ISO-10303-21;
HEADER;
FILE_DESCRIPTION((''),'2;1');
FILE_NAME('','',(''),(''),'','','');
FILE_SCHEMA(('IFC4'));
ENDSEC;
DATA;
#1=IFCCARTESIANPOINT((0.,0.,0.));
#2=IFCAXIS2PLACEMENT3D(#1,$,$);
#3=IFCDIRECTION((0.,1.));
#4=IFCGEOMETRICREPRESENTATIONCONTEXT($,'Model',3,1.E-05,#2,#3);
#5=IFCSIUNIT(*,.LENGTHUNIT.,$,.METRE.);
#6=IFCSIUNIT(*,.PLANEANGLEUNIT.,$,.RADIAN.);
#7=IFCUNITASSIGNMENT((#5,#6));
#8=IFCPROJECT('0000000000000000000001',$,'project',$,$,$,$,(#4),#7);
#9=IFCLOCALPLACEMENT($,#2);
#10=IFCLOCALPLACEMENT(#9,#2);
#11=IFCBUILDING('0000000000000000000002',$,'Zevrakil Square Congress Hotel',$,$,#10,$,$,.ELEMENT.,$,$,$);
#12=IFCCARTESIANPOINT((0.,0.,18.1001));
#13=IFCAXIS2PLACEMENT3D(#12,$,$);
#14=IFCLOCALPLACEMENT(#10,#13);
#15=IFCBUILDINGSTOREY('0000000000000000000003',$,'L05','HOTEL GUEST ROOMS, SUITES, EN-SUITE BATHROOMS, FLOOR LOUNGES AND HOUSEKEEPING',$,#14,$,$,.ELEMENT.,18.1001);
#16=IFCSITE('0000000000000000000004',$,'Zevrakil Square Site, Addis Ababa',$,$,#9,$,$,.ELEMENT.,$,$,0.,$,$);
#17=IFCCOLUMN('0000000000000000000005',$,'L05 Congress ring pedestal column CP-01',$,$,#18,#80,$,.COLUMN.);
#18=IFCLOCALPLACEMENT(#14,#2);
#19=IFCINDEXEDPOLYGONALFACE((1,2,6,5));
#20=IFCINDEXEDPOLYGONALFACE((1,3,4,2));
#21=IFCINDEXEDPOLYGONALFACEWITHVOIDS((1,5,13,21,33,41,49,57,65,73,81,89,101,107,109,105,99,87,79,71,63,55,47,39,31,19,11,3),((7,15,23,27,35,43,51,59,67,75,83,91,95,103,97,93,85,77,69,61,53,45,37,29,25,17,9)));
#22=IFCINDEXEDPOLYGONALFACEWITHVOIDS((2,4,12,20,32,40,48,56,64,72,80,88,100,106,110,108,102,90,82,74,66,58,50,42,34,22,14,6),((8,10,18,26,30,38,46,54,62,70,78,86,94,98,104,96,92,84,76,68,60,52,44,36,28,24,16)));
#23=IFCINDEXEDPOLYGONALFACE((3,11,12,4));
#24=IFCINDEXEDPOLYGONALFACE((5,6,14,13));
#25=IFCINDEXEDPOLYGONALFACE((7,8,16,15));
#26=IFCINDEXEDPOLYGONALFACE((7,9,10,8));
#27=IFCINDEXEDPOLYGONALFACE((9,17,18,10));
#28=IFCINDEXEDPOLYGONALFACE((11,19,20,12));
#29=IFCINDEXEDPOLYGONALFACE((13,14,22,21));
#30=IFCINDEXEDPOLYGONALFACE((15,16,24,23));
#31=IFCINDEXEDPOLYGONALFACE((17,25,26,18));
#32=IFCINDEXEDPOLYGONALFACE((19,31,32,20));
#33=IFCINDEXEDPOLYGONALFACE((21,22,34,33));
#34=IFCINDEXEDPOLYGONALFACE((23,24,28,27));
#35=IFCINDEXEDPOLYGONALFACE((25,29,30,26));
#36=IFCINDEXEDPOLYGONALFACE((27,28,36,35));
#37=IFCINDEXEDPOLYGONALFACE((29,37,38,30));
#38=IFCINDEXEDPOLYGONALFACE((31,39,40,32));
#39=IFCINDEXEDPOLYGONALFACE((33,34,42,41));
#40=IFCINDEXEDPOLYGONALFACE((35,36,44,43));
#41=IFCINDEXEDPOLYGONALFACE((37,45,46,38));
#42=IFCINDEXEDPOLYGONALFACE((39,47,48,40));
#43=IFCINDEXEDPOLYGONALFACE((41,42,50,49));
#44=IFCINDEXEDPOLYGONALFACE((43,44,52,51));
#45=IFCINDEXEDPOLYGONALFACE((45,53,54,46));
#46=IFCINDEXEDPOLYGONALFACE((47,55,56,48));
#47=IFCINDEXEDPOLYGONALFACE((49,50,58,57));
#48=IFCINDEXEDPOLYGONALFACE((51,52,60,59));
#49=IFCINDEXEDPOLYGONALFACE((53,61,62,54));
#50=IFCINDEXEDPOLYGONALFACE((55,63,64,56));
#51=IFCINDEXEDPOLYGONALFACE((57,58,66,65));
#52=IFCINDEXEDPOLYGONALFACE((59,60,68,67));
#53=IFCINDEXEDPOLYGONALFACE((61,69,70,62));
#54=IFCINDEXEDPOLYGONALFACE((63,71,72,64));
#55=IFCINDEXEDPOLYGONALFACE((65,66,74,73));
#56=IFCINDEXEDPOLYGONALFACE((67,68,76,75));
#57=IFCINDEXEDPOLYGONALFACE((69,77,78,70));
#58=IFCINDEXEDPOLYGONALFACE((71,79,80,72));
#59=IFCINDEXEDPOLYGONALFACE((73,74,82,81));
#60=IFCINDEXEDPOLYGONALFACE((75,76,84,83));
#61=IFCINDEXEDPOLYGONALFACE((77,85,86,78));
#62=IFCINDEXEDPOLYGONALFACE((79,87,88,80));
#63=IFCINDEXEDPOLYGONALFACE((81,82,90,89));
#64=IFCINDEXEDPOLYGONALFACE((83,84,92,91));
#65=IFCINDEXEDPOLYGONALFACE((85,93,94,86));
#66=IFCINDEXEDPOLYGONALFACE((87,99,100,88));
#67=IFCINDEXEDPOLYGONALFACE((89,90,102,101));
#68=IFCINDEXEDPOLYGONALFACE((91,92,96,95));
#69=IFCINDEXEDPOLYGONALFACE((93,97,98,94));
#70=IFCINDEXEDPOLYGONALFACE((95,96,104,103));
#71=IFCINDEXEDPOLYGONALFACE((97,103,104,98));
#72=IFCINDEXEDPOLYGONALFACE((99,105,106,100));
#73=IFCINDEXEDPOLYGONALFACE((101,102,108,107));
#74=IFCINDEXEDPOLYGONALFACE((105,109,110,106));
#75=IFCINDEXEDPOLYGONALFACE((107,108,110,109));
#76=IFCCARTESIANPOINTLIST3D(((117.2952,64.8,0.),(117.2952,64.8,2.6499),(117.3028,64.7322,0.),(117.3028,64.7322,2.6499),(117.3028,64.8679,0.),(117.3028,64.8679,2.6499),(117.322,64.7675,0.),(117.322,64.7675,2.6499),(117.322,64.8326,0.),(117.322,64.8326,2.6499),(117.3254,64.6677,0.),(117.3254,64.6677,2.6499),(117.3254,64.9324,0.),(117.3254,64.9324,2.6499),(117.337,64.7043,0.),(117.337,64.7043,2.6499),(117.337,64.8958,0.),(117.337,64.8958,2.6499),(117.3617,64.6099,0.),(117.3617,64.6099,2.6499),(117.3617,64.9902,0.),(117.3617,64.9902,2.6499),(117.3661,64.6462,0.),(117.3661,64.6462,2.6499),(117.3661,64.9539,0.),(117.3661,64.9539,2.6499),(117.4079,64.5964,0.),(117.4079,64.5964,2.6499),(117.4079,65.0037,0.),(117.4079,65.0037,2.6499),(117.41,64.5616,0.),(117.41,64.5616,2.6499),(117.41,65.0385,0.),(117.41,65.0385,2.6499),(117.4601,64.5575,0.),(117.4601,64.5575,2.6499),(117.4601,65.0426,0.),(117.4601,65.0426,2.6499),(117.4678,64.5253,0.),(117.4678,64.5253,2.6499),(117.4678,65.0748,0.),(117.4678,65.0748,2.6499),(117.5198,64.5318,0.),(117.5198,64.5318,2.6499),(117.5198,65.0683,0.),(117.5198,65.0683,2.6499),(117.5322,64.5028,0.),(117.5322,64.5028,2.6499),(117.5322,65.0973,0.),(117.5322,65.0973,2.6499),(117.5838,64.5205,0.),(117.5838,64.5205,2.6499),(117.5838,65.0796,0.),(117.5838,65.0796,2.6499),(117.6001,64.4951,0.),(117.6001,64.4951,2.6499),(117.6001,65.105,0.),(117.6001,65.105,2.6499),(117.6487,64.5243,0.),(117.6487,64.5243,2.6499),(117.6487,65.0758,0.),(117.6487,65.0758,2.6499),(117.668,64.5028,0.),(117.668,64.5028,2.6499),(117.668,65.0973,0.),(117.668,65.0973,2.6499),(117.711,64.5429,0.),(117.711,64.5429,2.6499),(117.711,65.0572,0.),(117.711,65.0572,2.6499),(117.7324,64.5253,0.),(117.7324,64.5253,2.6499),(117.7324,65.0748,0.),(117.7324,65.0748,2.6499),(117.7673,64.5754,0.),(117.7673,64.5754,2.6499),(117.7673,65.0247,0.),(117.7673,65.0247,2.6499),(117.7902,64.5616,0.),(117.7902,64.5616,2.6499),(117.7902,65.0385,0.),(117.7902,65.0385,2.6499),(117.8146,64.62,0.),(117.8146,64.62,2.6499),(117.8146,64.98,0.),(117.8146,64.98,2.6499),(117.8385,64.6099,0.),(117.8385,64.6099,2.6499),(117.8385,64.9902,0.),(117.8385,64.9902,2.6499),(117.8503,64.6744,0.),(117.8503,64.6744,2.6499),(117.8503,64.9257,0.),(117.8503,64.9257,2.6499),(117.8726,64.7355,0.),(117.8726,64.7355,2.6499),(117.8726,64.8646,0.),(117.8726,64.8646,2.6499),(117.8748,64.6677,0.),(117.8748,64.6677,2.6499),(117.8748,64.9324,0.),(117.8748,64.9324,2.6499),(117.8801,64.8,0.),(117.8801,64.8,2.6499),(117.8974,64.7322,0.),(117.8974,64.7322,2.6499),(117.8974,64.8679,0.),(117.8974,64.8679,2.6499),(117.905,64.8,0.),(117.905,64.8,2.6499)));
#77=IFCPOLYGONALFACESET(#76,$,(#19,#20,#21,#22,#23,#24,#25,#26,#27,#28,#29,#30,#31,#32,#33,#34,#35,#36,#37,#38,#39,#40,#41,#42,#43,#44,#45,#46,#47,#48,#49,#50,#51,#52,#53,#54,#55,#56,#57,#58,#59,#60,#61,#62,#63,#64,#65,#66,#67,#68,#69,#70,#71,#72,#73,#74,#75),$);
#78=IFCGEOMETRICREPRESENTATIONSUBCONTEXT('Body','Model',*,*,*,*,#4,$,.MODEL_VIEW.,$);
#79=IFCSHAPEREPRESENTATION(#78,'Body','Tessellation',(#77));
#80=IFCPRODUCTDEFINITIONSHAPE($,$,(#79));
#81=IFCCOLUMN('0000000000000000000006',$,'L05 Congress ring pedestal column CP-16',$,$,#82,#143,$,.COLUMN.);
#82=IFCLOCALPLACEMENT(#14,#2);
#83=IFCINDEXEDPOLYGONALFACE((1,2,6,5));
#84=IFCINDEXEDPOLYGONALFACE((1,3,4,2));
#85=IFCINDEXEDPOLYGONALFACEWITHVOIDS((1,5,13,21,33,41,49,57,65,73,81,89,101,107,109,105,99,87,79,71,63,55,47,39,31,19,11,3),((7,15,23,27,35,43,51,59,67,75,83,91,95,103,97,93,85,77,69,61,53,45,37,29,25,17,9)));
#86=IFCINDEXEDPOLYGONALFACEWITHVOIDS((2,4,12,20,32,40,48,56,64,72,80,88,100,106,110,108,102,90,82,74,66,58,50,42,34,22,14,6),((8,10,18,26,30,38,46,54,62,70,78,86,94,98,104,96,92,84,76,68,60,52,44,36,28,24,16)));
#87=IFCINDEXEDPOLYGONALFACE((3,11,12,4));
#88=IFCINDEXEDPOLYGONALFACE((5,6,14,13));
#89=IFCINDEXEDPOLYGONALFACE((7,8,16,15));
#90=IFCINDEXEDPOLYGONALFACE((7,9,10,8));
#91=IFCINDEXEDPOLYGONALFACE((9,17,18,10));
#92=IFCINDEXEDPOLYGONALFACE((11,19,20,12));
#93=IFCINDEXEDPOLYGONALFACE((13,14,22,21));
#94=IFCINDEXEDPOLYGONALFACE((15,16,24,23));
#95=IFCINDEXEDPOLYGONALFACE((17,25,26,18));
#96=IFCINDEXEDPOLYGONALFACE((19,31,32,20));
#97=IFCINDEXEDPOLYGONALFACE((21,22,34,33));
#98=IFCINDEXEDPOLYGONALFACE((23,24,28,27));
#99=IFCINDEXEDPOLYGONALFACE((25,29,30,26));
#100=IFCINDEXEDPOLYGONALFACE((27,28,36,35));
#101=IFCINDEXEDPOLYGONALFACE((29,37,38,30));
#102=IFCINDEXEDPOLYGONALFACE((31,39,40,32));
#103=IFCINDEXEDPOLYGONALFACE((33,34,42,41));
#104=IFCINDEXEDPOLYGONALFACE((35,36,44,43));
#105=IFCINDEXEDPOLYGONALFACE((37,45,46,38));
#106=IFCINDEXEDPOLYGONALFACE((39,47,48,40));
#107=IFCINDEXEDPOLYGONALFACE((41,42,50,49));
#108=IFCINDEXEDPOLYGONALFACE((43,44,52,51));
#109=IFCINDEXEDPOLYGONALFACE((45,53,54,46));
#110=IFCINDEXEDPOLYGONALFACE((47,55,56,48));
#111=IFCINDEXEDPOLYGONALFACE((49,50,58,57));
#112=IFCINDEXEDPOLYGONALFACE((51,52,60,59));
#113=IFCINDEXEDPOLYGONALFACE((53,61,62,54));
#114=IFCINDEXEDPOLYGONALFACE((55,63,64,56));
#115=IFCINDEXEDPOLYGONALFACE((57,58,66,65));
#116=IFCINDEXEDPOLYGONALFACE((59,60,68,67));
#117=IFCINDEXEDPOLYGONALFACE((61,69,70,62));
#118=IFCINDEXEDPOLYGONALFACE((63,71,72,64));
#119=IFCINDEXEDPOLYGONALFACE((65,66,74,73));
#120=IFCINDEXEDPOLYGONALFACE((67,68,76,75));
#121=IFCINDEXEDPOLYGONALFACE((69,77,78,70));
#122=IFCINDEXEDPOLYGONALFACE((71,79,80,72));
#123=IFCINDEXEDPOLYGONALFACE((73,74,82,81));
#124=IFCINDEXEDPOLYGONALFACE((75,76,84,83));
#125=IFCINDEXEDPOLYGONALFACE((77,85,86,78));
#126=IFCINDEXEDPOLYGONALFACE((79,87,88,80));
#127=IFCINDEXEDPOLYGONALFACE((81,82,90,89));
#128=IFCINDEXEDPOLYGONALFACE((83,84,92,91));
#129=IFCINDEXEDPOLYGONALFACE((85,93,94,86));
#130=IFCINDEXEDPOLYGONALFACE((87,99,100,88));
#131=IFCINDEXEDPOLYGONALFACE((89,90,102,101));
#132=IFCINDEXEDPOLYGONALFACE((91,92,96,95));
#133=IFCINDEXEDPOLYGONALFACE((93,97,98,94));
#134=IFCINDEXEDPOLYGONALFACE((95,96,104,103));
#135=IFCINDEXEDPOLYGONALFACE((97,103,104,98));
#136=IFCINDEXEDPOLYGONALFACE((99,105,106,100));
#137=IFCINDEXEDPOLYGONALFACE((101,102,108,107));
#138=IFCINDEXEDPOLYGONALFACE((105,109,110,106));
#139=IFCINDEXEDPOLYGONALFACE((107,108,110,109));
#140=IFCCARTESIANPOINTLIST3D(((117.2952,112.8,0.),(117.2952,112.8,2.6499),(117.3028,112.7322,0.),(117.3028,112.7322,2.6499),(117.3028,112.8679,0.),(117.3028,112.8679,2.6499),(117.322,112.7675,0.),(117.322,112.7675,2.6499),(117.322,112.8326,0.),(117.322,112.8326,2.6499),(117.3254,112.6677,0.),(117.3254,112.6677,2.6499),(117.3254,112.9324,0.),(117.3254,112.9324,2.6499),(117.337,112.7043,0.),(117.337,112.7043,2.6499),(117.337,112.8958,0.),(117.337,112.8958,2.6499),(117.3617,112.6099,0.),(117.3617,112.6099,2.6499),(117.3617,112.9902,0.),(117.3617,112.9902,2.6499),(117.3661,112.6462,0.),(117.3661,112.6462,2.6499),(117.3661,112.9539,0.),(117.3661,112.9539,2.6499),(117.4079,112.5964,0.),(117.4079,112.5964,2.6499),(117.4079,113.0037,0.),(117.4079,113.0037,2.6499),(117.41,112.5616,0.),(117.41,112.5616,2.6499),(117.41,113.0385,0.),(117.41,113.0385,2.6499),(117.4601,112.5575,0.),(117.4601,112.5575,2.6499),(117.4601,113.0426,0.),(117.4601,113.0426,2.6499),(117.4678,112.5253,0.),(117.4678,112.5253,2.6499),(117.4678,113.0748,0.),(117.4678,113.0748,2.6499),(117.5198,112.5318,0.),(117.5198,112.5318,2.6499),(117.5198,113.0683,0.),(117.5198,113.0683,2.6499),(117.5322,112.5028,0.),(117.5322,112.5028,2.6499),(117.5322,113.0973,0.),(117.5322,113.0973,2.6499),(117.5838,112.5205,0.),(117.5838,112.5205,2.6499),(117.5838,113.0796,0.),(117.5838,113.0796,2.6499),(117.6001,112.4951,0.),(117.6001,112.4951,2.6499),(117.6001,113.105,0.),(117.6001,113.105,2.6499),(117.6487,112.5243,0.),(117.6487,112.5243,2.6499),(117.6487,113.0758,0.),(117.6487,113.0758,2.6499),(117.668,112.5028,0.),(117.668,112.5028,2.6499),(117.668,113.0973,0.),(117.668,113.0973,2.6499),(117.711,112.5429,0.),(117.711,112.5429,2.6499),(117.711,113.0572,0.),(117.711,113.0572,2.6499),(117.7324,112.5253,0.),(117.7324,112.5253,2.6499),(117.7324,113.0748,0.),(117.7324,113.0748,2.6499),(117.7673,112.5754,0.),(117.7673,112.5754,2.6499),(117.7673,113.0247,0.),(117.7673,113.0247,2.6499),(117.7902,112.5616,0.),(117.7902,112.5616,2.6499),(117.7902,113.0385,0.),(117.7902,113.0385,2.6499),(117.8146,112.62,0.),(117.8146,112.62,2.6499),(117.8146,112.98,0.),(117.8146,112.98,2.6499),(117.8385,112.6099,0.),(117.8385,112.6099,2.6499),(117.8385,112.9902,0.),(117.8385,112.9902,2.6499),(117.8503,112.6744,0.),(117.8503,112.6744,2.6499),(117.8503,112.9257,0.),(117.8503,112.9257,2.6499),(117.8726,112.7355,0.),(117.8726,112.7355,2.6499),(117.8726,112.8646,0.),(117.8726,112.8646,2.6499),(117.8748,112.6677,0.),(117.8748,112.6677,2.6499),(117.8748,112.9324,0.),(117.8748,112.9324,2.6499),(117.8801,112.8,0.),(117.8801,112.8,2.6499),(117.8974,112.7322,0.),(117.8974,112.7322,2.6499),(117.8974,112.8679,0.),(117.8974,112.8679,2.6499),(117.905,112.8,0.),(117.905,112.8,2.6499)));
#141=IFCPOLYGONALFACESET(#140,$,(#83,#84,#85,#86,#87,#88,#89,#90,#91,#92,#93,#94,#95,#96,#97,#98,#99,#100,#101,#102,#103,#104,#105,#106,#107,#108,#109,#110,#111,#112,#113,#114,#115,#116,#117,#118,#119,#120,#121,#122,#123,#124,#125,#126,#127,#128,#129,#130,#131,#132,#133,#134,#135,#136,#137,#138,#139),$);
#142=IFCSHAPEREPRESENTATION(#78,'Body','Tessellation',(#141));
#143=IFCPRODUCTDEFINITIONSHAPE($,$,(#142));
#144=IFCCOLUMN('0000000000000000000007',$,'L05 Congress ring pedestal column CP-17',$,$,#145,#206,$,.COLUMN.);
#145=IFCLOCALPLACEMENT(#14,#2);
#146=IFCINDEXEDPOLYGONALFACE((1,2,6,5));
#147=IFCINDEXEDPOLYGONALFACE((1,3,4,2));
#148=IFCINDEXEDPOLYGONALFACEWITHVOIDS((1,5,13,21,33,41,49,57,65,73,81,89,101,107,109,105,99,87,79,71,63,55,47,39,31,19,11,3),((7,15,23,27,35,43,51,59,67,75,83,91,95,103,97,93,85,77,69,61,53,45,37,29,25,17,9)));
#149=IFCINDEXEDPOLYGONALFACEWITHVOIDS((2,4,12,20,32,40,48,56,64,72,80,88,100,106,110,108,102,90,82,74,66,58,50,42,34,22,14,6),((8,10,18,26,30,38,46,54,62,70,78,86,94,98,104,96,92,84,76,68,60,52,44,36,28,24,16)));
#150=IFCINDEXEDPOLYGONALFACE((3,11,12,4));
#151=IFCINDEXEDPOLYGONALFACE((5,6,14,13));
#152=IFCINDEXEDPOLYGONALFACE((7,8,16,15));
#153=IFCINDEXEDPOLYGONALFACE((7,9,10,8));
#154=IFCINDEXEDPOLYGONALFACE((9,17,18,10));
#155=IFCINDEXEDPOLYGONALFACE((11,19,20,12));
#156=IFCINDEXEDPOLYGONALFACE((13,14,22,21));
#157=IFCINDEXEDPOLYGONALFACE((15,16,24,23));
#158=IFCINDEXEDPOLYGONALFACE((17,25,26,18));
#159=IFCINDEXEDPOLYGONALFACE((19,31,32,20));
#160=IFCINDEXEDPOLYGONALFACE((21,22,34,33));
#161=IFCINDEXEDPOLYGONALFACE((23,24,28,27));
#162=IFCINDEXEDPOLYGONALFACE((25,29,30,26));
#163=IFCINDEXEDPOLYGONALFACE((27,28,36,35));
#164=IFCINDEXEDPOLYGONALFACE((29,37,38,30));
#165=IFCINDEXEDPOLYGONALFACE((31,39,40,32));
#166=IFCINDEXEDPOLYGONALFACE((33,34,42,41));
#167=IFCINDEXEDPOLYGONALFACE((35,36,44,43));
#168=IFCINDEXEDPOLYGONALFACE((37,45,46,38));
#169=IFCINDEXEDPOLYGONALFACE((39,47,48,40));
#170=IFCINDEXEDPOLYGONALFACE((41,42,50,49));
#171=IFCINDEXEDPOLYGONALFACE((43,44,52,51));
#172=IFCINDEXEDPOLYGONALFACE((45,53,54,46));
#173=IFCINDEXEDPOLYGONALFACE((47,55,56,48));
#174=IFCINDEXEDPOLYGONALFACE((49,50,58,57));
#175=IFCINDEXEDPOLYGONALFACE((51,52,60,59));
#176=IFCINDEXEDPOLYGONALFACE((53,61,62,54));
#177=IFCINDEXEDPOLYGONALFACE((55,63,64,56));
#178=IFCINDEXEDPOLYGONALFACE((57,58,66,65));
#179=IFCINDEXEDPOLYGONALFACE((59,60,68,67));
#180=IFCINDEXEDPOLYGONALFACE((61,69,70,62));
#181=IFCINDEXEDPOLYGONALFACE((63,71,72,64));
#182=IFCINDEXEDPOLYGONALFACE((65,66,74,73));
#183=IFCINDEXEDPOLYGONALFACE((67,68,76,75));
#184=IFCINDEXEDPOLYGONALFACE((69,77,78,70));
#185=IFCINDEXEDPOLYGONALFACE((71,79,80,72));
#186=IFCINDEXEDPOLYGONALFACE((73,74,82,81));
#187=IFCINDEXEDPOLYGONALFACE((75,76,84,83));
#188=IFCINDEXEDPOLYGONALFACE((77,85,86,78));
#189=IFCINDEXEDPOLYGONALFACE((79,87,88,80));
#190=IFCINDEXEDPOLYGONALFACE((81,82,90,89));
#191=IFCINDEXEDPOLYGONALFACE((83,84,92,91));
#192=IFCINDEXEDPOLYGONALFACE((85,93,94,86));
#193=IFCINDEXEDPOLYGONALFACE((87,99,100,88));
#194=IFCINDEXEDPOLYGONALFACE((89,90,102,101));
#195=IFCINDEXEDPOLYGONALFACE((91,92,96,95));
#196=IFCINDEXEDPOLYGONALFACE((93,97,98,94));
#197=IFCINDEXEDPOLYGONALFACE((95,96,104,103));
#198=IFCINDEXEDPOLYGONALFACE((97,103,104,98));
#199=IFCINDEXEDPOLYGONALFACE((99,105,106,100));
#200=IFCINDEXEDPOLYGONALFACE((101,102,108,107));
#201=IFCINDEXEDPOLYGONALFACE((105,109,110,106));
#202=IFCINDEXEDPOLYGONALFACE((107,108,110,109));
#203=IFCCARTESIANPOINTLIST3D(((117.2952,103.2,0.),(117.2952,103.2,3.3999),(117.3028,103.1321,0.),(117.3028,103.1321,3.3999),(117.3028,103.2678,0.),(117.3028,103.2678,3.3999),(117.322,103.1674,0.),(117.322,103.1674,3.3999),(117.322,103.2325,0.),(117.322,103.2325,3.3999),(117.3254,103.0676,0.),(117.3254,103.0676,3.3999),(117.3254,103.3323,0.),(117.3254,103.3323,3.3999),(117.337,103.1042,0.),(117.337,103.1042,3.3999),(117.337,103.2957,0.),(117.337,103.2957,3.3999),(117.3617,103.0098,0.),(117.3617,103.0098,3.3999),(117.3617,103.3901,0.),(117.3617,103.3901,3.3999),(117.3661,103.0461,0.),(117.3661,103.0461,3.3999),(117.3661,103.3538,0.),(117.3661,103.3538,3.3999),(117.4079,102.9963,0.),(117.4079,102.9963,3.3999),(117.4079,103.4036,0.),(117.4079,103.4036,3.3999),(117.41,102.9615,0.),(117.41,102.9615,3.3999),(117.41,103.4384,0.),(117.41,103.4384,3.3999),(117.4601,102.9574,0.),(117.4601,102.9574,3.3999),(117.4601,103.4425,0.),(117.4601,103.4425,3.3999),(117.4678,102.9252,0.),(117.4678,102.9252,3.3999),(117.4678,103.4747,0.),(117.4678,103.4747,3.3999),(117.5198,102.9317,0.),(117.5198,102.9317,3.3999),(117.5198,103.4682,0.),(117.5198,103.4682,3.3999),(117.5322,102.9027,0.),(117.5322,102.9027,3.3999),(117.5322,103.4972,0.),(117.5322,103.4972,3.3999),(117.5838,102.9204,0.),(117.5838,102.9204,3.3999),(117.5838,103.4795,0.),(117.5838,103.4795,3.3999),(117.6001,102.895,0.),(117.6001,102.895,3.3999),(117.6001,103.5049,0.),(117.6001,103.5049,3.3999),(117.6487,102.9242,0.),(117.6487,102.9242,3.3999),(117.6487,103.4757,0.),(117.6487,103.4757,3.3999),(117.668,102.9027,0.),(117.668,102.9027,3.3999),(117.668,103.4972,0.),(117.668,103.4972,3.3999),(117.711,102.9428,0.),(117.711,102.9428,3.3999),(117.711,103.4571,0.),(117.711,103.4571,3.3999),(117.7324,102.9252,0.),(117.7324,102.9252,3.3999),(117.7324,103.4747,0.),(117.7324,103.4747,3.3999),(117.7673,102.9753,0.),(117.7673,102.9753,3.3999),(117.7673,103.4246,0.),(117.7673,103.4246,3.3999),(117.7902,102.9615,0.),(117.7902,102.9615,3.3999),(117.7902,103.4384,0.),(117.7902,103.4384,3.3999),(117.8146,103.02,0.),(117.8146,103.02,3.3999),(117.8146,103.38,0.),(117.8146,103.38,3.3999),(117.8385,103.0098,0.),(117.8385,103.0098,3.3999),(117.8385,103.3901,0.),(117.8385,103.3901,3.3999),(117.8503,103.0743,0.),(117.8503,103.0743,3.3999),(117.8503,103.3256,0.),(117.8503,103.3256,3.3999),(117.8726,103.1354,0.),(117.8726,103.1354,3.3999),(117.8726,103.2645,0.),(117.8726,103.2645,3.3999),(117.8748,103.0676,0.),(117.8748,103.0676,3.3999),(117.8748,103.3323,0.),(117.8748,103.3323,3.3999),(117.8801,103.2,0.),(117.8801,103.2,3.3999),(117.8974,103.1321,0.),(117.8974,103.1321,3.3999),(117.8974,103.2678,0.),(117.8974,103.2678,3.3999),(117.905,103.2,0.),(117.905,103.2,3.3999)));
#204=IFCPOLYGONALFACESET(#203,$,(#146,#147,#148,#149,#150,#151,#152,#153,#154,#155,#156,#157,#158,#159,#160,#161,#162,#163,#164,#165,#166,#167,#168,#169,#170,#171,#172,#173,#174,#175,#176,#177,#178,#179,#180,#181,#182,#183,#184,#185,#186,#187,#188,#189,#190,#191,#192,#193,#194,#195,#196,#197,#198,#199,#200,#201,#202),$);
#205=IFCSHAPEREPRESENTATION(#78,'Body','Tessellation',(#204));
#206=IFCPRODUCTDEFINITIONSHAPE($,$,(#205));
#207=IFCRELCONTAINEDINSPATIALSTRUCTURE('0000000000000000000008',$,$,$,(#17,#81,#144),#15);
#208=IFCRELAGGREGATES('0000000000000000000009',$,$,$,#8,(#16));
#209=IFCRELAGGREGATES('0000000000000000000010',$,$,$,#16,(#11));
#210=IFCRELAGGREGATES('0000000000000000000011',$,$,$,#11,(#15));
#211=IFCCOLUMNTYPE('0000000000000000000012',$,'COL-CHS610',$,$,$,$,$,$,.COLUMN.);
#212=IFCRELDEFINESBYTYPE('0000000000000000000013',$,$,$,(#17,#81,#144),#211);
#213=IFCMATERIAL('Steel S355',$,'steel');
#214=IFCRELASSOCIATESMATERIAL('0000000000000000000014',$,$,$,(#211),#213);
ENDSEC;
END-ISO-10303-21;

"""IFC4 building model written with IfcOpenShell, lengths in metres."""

from ifc_helpers import new_model, si_unit, direction, frame, origin, origin_2d, place, context, subcontext, project, spatial, hollow_circle, extrude, material, material_profile, profile_set, type_object, element, save


model = new_model("IFC4")

# Units and contexts
model_context = context("Model", 3, precision=1e-05, world=origin(), true_north=direction((0.0, 1.0)))
body_context = subcontext(model_context, "Body", "Model", "MODEL_VIEW")
ifc_project = project(units=[si_unit("LENGTHUNIT", "METRE"), si_unit("PLANEANGLEUNIT", "RADIAN")], contexts=[model_context])

# Site, building, storey
site_placement = place(None, origin())
site = spatial("IfcSite", under=ifc_project, at=site_placement, Name="Zevrakil Square Site, Addis Ababa", CompositionType="ELEMENT", RefElevation=0.0)
building_placement = place(site_placement, origin())
building = spatial("IfcBuilding", under=site, at=building_placement, Name="Zevrakil Square Congress Hotel", CompositionType="ELEMENT")
storey_placement = place(building_placement, frame((0.0, 0.0, 18.1001)))
storey = spatial("IfcBuildingStorey", under=building, at=storey_placement, Name="L05", Description="HOTEL GUEST ROOMS, SUITES, EN-SUITE BATHROOMS, FLOOR LOUNGES AND HOUSEKEEPING", CompositionType="ELEMENT", Elevation=18.1001)

# Columns
ifc_material_1 = material(Name="Steel S355", Category="steel")
ifc_material_profile_1 = material_profile(ifc_material_1, hollow_circle(Radius=0.3049, WallThickness=0.0249, at=origin_2d()), Name="CHS 610x25")
ifc_profile_set_1 = profile_set([ifc_material_profile_1], Name="Steel S355")
column_type = type_object("IfcColumnType", Name="COL-CHS610", PredefinedType="COLUMN", material=ifc_profile_set_1)
for number, where, z_axis, x_axis, name in (
    (1, (117.6001, 64.8, 0.0), (0.0, 0.0, 1.0), (1.0, 0.0, 0.0), "L05 Congress ring pedestal column CP-01"),
    (2, (117.6001, 112.8, 0.0), (0.0, 0.0, 1.0), (1.0, 0.0, 0.0), "L05 Congress ring pedestal column CP-16"),
):
    element("IfcColumn", number, at=place(storey_placement, frame(where, z_axis=z_axis, x_axis=x_axis)), inside=storey, type_object=column_type, Name=name, PredefinedType="COLUMN", context=body_context, shape_type="SweptSolid", body=[
        extrude(hollow_circle(Radius=0.3049, WallThickness=0.0249, at=origin_2d()), origin(), (0.0, 0.0, 1.0), 2.6499),
    ])
for number, where, z_axis, x_axis, name in (
    (3, (117.6001, 103.2, 0.0), (0.0, 0.0, 1.0), (1.0, 0.0, 0.0), "L05 Congress ring pedestal column CP-17"),
):
    element("IfcColumn", number, at=place(storey_placement, frame(where, z_axis=z_axis, x_axis=x_axis)), inside=storey, type_object=column_type, Name=name, PredefinedType="COLUMN", context=body_context, shape_type="SweptSolid", body=[
        extrude(hollow_circle(Radius=0.3049, WallThickness=0.0249, at=origin_2d()), origin(), (0.0, 0.0, 1.0), 3.3999),
    ])

save(model, "model.ifc")
